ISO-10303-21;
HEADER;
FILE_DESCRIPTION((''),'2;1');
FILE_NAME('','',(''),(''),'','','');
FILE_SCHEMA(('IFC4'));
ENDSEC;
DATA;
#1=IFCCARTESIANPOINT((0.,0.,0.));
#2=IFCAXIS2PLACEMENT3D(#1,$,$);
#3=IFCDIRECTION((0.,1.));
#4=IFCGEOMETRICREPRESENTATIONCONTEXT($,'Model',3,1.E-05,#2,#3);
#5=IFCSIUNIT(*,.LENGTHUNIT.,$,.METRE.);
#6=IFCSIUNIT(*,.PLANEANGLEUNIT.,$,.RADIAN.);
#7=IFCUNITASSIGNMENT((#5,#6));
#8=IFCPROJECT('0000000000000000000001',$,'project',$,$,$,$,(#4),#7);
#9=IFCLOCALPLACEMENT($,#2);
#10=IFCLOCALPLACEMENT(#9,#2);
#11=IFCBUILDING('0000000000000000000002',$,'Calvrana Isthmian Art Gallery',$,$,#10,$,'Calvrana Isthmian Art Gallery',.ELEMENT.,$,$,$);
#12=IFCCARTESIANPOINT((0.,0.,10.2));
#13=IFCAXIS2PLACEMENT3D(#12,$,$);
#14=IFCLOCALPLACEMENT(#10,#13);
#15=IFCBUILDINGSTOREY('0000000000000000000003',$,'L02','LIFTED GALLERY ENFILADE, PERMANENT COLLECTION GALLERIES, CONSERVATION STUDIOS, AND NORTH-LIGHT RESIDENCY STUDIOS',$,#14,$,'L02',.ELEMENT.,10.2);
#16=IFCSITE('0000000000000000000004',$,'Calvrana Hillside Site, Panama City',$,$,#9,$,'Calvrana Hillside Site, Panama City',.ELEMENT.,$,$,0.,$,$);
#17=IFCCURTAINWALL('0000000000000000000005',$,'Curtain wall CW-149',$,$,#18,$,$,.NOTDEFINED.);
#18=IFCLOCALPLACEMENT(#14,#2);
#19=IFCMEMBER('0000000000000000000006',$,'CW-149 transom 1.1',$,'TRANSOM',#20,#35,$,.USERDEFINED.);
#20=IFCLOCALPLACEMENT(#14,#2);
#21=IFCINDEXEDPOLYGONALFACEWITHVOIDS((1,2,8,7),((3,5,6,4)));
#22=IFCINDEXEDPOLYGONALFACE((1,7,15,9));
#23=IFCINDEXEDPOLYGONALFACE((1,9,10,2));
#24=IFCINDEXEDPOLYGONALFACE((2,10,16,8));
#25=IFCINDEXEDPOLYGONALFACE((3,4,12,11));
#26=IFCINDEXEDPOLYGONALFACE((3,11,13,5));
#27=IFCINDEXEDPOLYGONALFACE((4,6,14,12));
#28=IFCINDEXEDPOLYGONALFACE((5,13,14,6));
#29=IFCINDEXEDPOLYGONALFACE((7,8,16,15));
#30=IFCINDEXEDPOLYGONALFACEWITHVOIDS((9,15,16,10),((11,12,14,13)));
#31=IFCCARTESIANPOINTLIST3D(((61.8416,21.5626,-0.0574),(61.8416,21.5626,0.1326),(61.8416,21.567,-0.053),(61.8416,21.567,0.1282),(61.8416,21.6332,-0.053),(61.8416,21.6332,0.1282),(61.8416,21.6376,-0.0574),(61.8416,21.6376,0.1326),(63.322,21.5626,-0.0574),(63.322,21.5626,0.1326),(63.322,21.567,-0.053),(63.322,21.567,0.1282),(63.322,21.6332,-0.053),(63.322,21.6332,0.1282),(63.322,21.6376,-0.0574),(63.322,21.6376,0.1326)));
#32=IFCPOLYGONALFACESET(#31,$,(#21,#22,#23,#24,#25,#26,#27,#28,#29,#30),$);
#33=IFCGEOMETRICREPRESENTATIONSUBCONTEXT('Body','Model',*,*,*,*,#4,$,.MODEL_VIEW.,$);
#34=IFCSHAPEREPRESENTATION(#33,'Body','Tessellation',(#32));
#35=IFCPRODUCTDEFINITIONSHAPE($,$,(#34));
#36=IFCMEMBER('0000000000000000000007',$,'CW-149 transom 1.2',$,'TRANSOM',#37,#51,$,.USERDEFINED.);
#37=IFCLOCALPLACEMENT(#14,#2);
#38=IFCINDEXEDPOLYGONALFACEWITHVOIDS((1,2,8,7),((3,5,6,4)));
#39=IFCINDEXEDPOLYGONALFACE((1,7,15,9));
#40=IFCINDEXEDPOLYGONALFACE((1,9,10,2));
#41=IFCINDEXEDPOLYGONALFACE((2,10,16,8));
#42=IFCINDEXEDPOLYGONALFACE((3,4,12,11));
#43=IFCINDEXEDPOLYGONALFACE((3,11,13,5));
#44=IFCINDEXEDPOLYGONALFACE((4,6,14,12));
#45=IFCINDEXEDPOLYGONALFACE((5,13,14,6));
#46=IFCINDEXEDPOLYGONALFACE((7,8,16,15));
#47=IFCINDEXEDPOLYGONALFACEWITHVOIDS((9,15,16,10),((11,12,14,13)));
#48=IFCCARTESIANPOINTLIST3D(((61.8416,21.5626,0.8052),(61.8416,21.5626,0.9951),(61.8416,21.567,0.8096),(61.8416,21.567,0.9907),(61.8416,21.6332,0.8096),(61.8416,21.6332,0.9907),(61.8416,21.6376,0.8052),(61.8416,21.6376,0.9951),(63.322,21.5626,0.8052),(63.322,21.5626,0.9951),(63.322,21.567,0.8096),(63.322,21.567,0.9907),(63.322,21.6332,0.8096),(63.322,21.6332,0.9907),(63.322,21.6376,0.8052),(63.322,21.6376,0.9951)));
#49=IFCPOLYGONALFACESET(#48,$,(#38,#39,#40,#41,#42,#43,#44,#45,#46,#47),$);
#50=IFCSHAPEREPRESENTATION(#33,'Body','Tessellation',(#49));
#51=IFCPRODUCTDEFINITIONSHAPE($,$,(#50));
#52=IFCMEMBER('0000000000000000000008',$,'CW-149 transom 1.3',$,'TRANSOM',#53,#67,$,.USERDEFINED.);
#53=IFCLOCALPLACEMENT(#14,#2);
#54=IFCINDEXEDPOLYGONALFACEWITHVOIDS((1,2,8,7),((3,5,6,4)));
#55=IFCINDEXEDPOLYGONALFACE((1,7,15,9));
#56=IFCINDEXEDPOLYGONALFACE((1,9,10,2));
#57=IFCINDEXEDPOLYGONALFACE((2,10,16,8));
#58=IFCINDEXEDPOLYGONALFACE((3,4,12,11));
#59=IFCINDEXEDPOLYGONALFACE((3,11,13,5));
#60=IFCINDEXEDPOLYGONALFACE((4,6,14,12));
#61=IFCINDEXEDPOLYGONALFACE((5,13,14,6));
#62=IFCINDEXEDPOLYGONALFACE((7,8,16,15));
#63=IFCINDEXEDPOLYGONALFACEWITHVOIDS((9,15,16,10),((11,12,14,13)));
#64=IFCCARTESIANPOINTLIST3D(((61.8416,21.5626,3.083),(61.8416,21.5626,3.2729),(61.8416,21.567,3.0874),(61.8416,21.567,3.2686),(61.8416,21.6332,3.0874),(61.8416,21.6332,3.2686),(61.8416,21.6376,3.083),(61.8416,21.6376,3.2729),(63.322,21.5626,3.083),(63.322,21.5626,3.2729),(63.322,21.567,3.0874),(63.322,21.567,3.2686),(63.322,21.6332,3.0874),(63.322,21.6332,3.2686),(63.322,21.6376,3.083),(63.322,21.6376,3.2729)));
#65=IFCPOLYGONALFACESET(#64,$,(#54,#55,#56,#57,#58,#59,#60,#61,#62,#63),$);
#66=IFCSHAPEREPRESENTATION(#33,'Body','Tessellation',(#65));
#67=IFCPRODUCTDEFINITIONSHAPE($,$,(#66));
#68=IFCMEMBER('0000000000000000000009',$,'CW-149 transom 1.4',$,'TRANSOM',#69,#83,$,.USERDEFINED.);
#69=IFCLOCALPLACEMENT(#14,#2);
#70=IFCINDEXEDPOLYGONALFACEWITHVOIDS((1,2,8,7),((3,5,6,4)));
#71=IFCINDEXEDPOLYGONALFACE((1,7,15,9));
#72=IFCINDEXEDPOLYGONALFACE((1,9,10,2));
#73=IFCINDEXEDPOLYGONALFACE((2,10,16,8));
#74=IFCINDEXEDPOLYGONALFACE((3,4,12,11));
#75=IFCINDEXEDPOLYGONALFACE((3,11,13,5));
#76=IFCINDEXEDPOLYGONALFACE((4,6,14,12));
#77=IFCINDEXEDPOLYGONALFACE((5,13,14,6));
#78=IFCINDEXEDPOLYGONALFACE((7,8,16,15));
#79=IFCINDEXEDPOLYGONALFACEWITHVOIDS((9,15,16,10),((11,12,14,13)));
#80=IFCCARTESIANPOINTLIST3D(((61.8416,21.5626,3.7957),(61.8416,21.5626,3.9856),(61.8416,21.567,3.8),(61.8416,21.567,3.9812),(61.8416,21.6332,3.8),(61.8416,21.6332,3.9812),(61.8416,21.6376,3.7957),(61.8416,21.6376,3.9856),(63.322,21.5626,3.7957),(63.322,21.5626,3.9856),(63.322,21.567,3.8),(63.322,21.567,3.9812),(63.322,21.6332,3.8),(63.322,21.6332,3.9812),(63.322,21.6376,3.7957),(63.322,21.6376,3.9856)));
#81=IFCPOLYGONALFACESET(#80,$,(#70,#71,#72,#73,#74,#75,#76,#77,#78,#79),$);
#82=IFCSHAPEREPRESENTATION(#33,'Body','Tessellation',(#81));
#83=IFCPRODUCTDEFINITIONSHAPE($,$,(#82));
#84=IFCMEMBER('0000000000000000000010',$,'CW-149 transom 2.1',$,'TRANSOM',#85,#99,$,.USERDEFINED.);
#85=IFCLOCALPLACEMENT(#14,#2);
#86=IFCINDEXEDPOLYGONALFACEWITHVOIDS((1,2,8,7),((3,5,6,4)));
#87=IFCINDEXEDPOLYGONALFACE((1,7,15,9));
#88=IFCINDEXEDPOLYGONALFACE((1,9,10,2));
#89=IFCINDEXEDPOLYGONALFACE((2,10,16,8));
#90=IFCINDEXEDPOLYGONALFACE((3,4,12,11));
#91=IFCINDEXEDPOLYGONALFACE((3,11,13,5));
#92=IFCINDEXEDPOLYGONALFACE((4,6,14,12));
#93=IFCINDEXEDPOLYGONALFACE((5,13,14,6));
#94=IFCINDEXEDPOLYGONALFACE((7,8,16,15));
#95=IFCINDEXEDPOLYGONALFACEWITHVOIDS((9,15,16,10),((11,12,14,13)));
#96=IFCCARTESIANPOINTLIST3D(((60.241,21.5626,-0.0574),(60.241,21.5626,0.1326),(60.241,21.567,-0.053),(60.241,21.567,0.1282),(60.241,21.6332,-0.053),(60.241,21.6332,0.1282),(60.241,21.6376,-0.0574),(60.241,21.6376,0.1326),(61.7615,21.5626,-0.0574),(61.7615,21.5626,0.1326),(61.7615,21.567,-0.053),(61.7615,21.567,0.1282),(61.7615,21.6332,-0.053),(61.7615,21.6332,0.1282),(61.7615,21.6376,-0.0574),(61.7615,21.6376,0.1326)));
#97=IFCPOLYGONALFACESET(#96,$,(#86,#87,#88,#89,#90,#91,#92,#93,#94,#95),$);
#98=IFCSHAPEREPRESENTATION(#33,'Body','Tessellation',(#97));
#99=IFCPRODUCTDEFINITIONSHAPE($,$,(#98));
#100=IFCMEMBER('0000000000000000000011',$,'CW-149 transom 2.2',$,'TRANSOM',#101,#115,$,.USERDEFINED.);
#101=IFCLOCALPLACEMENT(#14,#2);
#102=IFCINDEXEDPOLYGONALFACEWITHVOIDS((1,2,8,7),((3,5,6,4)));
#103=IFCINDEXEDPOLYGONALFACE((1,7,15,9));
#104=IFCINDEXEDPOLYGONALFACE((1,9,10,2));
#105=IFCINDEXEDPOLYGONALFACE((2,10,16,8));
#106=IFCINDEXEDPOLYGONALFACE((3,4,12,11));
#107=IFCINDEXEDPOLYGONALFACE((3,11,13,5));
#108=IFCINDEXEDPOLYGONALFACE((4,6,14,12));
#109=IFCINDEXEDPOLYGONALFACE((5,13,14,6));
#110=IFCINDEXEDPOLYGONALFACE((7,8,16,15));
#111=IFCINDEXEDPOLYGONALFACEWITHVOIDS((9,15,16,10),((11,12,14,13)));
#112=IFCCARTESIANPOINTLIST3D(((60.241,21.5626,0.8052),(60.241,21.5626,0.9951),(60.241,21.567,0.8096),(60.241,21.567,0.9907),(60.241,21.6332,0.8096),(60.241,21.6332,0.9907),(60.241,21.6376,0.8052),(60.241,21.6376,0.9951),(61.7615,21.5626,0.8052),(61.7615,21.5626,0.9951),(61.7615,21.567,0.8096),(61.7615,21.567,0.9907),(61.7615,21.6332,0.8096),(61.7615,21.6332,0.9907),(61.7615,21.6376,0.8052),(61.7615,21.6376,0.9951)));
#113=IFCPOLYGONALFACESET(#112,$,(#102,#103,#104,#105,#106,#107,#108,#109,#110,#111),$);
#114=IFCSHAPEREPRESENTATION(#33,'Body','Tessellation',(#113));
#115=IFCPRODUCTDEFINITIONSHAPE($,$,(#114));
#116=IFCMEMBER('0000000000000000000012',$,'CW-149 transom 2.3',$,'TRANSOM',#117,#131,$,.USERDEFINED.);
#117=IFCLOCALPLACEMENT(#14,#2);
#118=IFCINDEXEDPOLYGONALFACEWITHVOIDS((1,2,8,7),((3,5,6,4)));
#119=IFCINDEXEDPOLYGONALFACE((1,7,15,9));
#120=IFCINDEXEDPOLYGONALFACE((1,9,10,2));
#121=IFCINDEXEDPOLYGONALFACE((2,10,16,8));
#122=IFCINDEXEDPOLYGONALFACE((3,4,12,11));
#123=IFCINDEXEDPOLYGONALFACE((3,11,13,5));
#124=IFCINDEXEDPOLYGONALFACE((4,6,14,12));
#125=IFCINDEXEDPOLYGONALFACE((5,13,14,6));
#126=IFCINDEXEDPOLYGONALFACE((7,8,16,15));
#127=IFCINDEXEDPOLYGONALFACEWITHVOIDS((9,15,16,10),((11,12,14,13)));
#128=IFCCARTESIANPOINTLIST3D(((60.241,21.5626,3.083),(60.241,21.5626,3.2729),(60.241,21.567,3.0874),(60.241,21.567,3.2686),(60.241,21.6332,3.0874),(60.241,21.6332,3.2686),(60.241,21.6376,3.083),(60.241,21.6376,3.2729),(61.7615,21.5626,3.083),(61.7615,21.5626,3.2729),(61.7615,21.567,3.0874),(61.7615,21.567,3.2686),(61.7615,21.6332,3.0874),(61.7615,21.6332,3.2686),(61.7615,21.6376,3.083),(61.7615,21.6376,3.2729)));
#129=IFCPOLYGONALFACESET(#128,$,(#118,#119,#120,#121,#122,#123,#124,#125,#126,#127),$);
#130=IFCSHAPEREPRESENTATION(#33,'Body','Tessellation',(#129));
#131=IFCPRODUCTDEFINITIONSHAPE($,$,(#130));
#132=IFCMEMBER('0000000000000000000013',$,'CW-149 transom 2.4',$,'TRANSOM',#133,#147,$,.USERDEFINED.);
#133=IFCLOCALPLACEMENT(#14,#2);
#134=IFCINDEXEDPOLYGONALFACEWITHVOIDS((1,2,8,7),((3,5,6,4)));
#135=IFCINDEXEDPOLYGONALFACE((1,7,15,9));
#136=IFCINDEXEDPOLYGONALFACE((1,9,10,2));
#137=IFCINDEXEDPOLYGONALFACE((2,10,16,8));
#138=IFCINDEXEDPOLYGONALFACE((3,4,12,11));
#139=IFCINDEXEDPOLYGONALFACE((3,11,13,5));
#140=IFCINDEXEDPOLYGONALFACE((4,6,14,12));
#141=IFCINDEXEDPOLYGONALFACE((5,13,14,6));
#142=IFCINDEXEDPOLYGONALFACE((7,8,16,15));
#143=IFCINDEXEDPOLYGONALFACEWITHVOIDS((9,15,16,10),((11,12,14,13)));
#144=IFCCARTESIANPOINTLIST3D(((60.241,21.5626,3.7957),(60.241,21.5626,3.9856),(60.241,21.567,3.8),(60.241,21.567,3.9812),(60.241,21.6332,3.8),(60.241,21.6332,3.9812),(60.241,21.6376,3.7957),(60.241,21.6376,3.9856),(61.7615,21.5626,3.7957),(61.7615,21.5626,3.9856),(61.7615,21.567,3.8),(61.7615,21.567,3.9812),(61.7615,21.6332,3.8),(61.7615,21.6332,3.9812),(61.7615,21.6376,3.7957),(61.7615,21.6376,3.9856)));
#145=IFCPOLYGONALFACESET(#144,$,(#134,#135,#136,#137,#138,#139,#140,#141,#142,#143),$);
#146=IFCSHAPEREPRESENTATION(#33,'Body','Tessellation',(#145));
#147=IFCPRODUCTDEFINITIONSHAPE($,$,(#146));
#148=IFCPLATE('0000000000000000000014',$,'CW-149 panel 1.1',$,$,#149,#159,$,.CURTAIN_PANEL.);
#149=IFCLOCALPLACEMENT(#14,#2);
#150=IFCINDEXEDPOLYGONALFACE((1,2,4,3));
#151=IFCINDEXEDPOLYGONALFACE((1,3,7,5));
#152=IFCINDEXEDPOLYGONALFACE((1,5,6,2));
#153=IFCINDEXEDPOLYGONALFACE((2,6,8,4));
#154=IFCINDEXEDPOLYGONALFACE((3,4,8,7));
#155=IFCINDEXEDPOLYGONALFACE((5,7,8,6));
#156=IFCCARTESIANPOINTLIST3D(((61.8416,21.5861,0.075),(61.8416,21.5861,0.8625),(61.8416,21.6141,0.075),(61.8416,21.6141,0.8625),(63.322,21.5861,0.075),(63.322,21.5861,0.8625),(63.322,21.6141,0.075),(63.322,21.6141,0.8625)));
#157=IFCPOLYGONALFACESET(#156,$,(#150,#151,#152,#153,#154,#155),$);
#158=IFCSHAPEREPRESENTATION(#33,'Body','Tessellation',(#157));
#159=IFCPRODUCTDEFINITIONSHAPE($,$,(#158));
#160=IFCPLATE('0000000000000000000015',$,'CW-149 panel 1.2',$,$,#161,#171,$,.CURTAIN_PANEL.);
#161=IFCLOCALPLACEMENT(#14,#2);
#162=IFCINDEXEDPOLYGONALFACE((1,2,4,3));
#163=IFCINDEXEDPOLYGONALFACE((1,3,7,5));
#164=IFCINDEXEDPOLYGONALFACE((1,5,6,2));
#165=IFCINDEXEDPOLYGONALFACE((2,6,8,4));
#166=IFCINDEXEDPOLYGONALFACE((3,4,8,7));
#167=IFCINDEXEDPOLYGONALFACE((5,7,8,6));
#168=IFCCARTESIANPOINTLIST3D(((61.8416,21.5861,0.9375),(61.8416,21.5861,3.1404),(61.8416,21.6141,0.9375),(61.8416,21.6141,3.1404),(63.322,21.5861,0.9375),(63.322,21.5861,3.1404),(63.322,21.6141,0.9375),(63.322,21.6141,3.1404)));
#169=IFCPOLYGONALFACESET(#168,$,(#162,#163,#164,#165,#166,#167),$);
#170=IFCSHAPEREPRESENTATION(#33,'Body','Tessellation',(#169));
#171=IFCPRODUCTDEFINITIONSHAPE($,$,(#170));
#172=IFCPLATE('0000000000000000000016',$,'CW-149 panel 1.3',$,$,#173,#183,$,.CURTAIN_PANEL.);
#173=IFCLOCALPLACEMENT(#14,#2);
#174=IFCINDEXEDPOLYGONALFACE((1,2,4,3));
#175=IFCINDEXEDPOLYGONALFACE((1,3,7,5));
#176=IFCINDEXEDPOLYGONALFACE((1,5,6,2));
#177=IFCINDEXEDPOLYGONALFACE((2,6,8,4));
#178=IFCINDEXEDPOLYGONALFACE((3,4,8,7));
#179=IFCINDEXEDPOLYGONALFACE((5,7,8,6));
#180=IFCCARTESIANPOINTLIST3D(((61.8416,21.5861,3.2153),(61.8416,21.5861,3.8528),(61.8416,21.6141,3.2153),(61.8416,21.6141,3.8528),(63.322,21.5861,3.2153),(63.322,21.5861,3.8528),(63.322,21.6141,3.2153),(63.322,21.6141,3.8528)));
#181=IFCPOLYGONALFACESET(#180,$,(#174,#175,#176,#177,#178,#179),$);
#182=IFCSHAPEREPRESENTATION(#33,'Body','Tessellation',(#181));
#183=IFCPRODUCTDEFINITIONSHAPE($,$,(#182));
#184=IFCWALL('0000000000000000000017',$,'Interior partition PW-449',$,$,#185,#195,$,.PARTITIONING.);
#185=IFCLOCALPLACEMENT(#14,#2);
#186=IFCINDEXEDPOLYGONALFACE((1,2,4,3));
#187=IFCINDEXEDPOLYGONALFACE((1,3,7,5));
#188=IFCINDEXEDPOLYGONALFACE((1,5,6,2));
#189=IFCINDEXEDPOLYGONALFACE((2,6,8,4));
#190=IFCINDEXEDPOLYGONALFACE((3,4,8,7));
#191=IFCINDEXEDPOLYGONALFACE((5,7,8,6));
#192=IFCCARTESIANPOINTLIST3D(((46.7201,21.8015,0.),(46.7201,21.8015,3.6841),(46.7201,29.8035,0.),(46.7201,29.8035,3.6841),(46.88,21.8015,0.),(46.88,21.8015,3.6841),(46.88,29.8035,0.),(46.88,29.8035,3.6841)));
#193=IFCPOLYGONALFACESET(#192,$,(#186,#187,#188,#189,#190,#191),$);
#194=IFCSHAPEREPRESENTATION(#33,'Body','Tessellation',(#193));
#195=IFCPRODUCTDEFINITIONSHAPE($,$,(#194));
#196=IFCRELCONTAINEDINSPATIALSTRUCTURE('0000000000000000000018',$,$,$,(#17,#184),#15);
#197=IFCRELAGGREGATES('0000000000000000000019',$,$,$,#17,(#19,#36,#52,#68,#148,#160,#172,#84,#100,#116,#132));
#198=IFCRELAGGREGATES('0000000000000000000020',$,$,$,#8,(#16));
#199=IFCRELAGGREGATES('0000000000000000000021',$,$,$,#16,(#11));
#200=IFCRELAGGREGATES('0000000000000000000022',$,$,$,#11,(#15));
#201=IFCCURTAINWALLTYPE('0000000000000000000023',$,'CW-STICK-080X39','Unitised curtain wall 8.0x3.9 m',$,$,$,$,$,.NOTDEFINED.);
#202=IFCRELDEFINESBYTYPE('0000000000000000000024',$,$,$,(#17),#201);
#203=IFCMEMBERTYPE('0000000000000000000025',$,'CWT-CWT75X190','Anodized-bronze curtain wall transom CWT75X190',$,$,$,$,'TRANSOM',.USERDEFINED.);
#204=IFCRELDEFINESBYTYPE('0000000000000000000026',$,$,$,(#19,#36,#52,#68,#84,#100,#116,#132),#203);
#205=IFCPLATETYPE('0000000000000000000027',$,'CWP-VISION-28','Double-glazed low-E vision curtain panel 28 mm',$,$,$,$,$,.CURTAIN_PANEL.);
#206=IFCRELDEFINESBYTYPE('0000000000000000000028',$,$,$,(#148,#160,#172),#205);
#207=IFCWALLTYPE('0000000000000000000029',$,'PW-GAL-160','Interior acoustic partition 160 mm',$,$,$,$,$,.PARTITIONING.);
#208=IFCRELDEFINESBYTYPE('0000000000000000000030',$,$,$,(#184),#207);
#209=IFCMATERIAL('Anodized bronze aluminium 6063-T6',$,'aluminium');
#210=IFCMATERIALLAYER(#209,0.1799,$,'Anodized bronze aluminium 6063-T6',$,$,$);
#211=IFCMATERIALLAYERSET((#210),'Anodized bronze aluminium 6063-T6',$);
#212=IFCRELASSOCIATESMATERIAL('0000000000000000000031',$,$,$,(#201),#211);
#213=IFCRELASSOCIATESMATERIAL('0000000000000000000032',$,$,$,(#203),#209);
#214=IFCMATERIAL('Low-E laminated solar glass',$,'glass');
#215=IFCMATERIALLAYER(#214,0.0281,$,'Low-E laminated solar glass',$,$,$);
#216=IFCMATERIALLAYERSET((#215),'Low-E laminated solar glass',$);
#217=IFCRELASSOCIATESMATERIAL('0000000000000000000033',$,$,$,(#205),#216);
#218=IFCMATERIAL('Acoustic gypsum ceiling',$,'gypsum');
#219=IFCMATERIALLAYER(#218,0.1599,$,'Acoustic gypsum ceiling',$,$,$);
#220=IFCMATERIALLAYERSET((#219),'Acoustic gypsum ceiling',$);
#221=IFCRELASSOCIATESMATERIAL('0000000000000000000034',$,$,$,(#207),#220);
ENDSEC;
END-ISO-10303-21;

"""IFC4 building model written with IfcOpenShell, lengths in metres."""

from ifc_helpers import new_model, si_unit, direction, frame, frame_2d, origin, origin_2d, place, context, subcontext, project, spatial, rectangle, hollow_rectangle, extrude, material, layer, layer_set, material_profile, profile_set, type_object, element, aggregate, save


model = new_model("IFC4")

# Units and contexts
model_context = context("Model", 3, precision=1e-05, world=origin(), true_north=direction((0.0, 1.0)))
body_context = subcontext(model_context, "Body", "Model", "MODEL_VIEW")
ifc_project = project(units=[si_unit("LENGTHUNIT", "METRE"), si_unit("PLANEANGLEUNIT", "RADIAN")], contexts=[model_context])

# Site, building, storey
site_placement = place(None, origin())
site = spatial("IfcSite", under=ifc_project, at=site_placement, Name="Calvrana Hillside Site, Panama City", LongName="Calvrana Hillside Site, Panama City", CompositionType="ELEMENT", RefElevation=0.0)
building_placement = place(site_placement, origin())
building = spatial("IfcBuilding", under=site, at=building_placement, Name="Calvrana Isthmian Art Gallery", LongName="Calvrana Isthmian Art Gallery", CompositionType="ELEMENT")
storey_placement = place(building_placement, frame((0.0, 0.0, 10.2)))
storey = spatial("IfcBuildingStorey", under=building, at=storey_placement, Name="L02", Description="LIFTED GALLERY ENFILADE, PERMANENT COLLECTION GALLERIES, CONSERVATION STUDIOS, AND NORTH-LIGHT RESIDENCY STUDIOS", LongName="L02", CompositionType="ELEMENT", Elevation=10.2)

# Curtain wall, members, plates
ifc_material_1 = material(Name="Anodized bronze aluminium 6063-T6", Category="aluminium")
ifc_layer_1 = layer(ifc_material_1, 0.1799, Name="Anodized bronze aluminium 6063-T6")
ifc_layer_set_1 = layer_set([ifc_layer_1], Name="Anodized bronze aluminium 6063-T6")
curtain_wall_type = type_object("IfcCurtainWallType", Name="CW-STICK-080X39", Description="Unitised curtain wall 8.0x3.9 m", PredefinedType="NOTDEFINED", material=ifc_layer_set_1)
curtain_wall_placement = place(storey_placement, origin())
curtain_wall = element("IfcCurtainWall", 1, at=curtain_wall_placement, inside=storey, type_object=curtain_wall_type, Name="Curtain wall CW-149", PredefinedType="NOTDEFINED")
ifc_material_profile_1 = material_profile(ifc_material_1, hollow_rectangle(XDim=0.075, YDim=0.1899, WallThickness=0.0044, at=origin_2d()), Name="CWT75X190")
ifc_profile_set_1 = profile_set([ifc_material_profile_1], Name="Anodized bronze aluminium 6063-T6")
member_type_1 = type_object("IfcMemberType", Name="CWT-CWT75X190", Description="Anodized-bronze curtain wall transom CWT75X190", ElementType="TRANSOM", PredefinedType="USERDEFINED", material=ifc_profile_set_1)
member_1_placement = place(storey_placement, frame((63.322, 21.6001, 0.0376), z_axis=(-1.0, 0.0, 0.0), x_axis=(0.0, -1.0, 0.0)))
member_1 = element("IfcMember", 2, at=member_1_placement, type_object=member_type_1, Name="CW-149 transom 1.1", ObjectType="TRANSOM", PredefinedType="USERDEFINED", context=body_context, shape_type="SweptSolid", body=[
    extrude(hollow_rectangle(XDim=0.075, YDim=0.1899, WallThickness=0.0044, at=origin_2d()), origin(), (0.0, 0.0, 1.0), 1.4805),
])
member_2_placement = place(storey_placement, frame((63.322, 21.6001, 0.9001), z_axis=(-1.0, 0.0, 0.0), x_axis=(0.0, -1.0, 0.0)))
member_2 = element("IfcMember", 3, at=member_2_placement, type_object=member_type_1, Name="CW-149 transom 1.2", ObjectType="TRANSOM", PredefinedType="USERDEFINED", context=body_context, shape_type="SweptSolid", body=[
    extrude(hollow_rectangle(XDim=0.075, YDim=0.1899, WallThickness=0.0044, at=origin_2d()), origin(), (0.0, 0.0, 1.0), 1.4805),
])
member_3_placement = place(storey_placement, frame((63.322, 21.6001, 3.178), z_axis=(-1.0, 0.0, 0.0), x_axis=(0.0, -1.0, 0.0)))
member_3 = element("IfcMember", 4, at=member_3_placement, type_object=member_type_1, Name="CW-149 transom 1.3", ObjectType="TRANSOM", PredefinedType="USERDEFINED", context=body_context, shape_type="SweptSolid", body=[
    extrude(hollow_rectangle(XDim=0.075, YDim=0.1899, WallThickness=0.0044, at=origin_2d()), origin(), (0.0, 0.0, 1.0), 1.4805),
])
member_4_placement = place(storey_placement, frame((63.322, 21.6001, 3.8906), z_axis=(-1.0, 0.0, 0.0), x_axis=(0.0, -1.0, 0.0)))
member_4 = element("IfcMember", 5, at=member_4_placement, type_object=member_type_1, Name="CW-149 transom 1.4", ObjectType="TRANSOM", PredefinedType="USERDEFINED", context=body_context, shape_type="SweptSolid", body=[
    extrude(hollow_rectangle(XDim=0.075, YDim=0.1899, WallThickness=0.0044, at=origin_2d()), origin(), (0.0, 0.0, 1.0), 1.4805),
])
member_5_placement = place(storey_placement, frame((61.7615, 21.6001, 0.0376), z_axis=(-1.0, 0.0, 0.0), x_axis=(0.0, -1.0, 0.0)))
member_5 = element("IfcMember", 6, at=member_5_placement, type_object=member_type_1, Name="CW-149 transom 2.1", ObjectType="TRANSOM", PredefinedType="USERDEFINED", context=body_context, shape_type="SweptSolid", body=[
    extrude(hollow_rectangle(XDim=0.075, YDim=0.1899, WallThickness=0.0044, at=origin_2d()), origin(), (0.0, 0.0, 1.0), 1.5205),
])
member_6_placement = place(storey_placement, frame((61.7615, 21.6001, 0.9001), z_axis=(-1.0, 0.0, 0.0), x_axis=(0.0, -1.0, 0.0)))
member_6 = element("IfcMember", 7, at=member_6_placement, type_object=member_type_1, Name="CW-149 transom 2.2", ObjectType="TRANSOM", PredefinedType="USERDEFINED", context=body_context, shape_type="SweptSolid", body=[
    extrude(hollow_rectangle(XDim=0.075, YDim=0.1899, WallThickness=0.0044, at=origin_2d()), origin(), (0.0, 0.0, 1.0), 1.5205),
])
member_7_placement = place(storey_placement, frame((61.7615, 21.6001, 3.178), z_axis=(-1.0, 0.0, 0.0), x_axis=(0.0, -1.0, 0.0)))
member_7 = element("IfcMember", 8, at=member_7_placement, type_object=member_type_1, Name="CW-149 transom 2.3", ObjectType="TRANSOM", PredefinedType="USERDEFINED", context=body_context, shape_type="SweptSolid", body=[
    extrude(hollow_rectangle(XDim=0.075, YDim=0.1899, WallThickness=0.0044, at=origin_2d()), origin(), (0.0, 0.0, 1.0), 1.5205),
])
member_8_placement = place(storey_placement, frame((61.7615, 21.6001, 3.8906), z_axis=(-1.0, 0.0, 0.0), x_axis=(0.0, -1.0, 0.0)))
member_8 = element("IfcMember", 9, at=member_8_placement, type_object=member_type_1, Name="CW-149 transom 2.4", ObjectType="TRANSOM", PredefinedType="USERDEFINED", context=body_context, shape_type="SweptSolid", body=[
    extrude(hollow_rectangle(XDim=0.075, YDim=0.1899, WallThickness=0.0044, at=origin_2d()), origin(), (0.0, 0.0, 1.0), 1.5205),
])
ifc_material_2 = material(Name="Low-E laminated solar glass", Category="glass")
ifc_layer_2 = layer(ifc_material_2, 0.0281, Name="Low-E laminated solar glass")
ifc_layer_set_2 = layer_set([ifc_layer_2], Name="Low-E laminated solar glass")
plate_type = type_object("IfcPlateType", Name="CWP-VISION-28", Description="Double-glazed low-E vision curtain panel 28 mm", PredefinedType="CURTAIN_PANEL", material=ifc_layer_set_2)
plate_1_placement = place(storey_placement, frame((62.5818, 21.6001, 0.075), z_axis=(0.0, 0.0, 1.0), x_axis=(-1.0, 0.0, 0.0)))
plate_1 = element("IfcPlate", 10, at=plate_1_placement, type_object=plate_type, Name="CW-149 panel 1.1", PredefinedType="CURTAIN_PANEL", context=body_context, shape_type="SweptSolid", body=[
    extrude(rectangle(XDim=1.4805, YDim=0.0281, at=origin_2d()), origin(), (0.0, 0.0, 1.0), 0.7876),
])
plate_2_placement = place(storey_placement, frame((62.5818, 21.6001, 0.9375), z_axis=(0.0, 0.0, 1.0), x_axis=(-1.0, 0.0, 0.0)))
plate_2 = element("IfcPlate", 11, at=plate_2_placement, type_object=plate_type, Name="CW-149 panel 1.2", PredefinedType="CURTAIN_PANEL", context=body_context, shape_type="SweptSolid", body=[
    extrude(rectangle(XDim=1.4805, YDim=0.0281, at=origin_2d()), origin(), (0.0, 0.0, 1.0), 2.2029),
])
plate_3_placement = place(storey_placement, frame((62.5818, 21.6001, 3.2153), z_axis=(0.0, 0.0, 1.0), x_axis=(-1.0, 0.0, 0.0)))
plate_3 = element("IfcPlate", 12, at=plate_3_placement, type_object=plate_type, Name="CW-149 panel 1.3", PredefinedType="CURTAIN_PANEL", context=body_context, shape_type="SweptSolid", body=[
    extrude(rectangle(XDim=1.4805, YDim=0.0281, at=origin_2d()), origin(), (0.0, 0.0, 1.0), 0.6375),
])
aggregate(curtain_wall, [member_1, member_2, member_3, member_4, plate_1, plate_2, plate_3, member_5, member_6, member_7, member_8])

# Wall
ifc_material_3 = material(Name="Acoustic gypsum ceiling", Category="gypsum")
ifc_layer_3 = layer(ifc_material_3, 0.1599, Name="Acoustic gypsum ceiling")
ifc_layer_set_3 = layer_set([ifc_layer_3], Name="Acoustic gypsum ceiling")
wall_type = type_object("IfcWallType", Name="PW-GAL-160", Description="Interior acoustic partition 160 mm", PredefinedType="PARTITIONING", material=ifc_layer_set_3)
wall_1_placement = place(storey_placement, frame((46.8, 21.8015, 0.0), z_axis=(0.0, 0.0, 1.0), x_axis=(0.0, 1.0, 0.0)))
element("IfcWall", 13, at=wall_1_placement, inside=storey, type_object=wall_type, Name="Interior partition PW-449", PredefinedType="PARTITIONING", context=body_context, shape_type="SweptSolid", body=[
    extrude(rectangle(XDim=8.002, YDim=0.1599, at=frame_2d((4.001, 0.0))), origin(), (0.0, 0.0, 1.0), 3.6841),
])

save(model, "model.ifc")
